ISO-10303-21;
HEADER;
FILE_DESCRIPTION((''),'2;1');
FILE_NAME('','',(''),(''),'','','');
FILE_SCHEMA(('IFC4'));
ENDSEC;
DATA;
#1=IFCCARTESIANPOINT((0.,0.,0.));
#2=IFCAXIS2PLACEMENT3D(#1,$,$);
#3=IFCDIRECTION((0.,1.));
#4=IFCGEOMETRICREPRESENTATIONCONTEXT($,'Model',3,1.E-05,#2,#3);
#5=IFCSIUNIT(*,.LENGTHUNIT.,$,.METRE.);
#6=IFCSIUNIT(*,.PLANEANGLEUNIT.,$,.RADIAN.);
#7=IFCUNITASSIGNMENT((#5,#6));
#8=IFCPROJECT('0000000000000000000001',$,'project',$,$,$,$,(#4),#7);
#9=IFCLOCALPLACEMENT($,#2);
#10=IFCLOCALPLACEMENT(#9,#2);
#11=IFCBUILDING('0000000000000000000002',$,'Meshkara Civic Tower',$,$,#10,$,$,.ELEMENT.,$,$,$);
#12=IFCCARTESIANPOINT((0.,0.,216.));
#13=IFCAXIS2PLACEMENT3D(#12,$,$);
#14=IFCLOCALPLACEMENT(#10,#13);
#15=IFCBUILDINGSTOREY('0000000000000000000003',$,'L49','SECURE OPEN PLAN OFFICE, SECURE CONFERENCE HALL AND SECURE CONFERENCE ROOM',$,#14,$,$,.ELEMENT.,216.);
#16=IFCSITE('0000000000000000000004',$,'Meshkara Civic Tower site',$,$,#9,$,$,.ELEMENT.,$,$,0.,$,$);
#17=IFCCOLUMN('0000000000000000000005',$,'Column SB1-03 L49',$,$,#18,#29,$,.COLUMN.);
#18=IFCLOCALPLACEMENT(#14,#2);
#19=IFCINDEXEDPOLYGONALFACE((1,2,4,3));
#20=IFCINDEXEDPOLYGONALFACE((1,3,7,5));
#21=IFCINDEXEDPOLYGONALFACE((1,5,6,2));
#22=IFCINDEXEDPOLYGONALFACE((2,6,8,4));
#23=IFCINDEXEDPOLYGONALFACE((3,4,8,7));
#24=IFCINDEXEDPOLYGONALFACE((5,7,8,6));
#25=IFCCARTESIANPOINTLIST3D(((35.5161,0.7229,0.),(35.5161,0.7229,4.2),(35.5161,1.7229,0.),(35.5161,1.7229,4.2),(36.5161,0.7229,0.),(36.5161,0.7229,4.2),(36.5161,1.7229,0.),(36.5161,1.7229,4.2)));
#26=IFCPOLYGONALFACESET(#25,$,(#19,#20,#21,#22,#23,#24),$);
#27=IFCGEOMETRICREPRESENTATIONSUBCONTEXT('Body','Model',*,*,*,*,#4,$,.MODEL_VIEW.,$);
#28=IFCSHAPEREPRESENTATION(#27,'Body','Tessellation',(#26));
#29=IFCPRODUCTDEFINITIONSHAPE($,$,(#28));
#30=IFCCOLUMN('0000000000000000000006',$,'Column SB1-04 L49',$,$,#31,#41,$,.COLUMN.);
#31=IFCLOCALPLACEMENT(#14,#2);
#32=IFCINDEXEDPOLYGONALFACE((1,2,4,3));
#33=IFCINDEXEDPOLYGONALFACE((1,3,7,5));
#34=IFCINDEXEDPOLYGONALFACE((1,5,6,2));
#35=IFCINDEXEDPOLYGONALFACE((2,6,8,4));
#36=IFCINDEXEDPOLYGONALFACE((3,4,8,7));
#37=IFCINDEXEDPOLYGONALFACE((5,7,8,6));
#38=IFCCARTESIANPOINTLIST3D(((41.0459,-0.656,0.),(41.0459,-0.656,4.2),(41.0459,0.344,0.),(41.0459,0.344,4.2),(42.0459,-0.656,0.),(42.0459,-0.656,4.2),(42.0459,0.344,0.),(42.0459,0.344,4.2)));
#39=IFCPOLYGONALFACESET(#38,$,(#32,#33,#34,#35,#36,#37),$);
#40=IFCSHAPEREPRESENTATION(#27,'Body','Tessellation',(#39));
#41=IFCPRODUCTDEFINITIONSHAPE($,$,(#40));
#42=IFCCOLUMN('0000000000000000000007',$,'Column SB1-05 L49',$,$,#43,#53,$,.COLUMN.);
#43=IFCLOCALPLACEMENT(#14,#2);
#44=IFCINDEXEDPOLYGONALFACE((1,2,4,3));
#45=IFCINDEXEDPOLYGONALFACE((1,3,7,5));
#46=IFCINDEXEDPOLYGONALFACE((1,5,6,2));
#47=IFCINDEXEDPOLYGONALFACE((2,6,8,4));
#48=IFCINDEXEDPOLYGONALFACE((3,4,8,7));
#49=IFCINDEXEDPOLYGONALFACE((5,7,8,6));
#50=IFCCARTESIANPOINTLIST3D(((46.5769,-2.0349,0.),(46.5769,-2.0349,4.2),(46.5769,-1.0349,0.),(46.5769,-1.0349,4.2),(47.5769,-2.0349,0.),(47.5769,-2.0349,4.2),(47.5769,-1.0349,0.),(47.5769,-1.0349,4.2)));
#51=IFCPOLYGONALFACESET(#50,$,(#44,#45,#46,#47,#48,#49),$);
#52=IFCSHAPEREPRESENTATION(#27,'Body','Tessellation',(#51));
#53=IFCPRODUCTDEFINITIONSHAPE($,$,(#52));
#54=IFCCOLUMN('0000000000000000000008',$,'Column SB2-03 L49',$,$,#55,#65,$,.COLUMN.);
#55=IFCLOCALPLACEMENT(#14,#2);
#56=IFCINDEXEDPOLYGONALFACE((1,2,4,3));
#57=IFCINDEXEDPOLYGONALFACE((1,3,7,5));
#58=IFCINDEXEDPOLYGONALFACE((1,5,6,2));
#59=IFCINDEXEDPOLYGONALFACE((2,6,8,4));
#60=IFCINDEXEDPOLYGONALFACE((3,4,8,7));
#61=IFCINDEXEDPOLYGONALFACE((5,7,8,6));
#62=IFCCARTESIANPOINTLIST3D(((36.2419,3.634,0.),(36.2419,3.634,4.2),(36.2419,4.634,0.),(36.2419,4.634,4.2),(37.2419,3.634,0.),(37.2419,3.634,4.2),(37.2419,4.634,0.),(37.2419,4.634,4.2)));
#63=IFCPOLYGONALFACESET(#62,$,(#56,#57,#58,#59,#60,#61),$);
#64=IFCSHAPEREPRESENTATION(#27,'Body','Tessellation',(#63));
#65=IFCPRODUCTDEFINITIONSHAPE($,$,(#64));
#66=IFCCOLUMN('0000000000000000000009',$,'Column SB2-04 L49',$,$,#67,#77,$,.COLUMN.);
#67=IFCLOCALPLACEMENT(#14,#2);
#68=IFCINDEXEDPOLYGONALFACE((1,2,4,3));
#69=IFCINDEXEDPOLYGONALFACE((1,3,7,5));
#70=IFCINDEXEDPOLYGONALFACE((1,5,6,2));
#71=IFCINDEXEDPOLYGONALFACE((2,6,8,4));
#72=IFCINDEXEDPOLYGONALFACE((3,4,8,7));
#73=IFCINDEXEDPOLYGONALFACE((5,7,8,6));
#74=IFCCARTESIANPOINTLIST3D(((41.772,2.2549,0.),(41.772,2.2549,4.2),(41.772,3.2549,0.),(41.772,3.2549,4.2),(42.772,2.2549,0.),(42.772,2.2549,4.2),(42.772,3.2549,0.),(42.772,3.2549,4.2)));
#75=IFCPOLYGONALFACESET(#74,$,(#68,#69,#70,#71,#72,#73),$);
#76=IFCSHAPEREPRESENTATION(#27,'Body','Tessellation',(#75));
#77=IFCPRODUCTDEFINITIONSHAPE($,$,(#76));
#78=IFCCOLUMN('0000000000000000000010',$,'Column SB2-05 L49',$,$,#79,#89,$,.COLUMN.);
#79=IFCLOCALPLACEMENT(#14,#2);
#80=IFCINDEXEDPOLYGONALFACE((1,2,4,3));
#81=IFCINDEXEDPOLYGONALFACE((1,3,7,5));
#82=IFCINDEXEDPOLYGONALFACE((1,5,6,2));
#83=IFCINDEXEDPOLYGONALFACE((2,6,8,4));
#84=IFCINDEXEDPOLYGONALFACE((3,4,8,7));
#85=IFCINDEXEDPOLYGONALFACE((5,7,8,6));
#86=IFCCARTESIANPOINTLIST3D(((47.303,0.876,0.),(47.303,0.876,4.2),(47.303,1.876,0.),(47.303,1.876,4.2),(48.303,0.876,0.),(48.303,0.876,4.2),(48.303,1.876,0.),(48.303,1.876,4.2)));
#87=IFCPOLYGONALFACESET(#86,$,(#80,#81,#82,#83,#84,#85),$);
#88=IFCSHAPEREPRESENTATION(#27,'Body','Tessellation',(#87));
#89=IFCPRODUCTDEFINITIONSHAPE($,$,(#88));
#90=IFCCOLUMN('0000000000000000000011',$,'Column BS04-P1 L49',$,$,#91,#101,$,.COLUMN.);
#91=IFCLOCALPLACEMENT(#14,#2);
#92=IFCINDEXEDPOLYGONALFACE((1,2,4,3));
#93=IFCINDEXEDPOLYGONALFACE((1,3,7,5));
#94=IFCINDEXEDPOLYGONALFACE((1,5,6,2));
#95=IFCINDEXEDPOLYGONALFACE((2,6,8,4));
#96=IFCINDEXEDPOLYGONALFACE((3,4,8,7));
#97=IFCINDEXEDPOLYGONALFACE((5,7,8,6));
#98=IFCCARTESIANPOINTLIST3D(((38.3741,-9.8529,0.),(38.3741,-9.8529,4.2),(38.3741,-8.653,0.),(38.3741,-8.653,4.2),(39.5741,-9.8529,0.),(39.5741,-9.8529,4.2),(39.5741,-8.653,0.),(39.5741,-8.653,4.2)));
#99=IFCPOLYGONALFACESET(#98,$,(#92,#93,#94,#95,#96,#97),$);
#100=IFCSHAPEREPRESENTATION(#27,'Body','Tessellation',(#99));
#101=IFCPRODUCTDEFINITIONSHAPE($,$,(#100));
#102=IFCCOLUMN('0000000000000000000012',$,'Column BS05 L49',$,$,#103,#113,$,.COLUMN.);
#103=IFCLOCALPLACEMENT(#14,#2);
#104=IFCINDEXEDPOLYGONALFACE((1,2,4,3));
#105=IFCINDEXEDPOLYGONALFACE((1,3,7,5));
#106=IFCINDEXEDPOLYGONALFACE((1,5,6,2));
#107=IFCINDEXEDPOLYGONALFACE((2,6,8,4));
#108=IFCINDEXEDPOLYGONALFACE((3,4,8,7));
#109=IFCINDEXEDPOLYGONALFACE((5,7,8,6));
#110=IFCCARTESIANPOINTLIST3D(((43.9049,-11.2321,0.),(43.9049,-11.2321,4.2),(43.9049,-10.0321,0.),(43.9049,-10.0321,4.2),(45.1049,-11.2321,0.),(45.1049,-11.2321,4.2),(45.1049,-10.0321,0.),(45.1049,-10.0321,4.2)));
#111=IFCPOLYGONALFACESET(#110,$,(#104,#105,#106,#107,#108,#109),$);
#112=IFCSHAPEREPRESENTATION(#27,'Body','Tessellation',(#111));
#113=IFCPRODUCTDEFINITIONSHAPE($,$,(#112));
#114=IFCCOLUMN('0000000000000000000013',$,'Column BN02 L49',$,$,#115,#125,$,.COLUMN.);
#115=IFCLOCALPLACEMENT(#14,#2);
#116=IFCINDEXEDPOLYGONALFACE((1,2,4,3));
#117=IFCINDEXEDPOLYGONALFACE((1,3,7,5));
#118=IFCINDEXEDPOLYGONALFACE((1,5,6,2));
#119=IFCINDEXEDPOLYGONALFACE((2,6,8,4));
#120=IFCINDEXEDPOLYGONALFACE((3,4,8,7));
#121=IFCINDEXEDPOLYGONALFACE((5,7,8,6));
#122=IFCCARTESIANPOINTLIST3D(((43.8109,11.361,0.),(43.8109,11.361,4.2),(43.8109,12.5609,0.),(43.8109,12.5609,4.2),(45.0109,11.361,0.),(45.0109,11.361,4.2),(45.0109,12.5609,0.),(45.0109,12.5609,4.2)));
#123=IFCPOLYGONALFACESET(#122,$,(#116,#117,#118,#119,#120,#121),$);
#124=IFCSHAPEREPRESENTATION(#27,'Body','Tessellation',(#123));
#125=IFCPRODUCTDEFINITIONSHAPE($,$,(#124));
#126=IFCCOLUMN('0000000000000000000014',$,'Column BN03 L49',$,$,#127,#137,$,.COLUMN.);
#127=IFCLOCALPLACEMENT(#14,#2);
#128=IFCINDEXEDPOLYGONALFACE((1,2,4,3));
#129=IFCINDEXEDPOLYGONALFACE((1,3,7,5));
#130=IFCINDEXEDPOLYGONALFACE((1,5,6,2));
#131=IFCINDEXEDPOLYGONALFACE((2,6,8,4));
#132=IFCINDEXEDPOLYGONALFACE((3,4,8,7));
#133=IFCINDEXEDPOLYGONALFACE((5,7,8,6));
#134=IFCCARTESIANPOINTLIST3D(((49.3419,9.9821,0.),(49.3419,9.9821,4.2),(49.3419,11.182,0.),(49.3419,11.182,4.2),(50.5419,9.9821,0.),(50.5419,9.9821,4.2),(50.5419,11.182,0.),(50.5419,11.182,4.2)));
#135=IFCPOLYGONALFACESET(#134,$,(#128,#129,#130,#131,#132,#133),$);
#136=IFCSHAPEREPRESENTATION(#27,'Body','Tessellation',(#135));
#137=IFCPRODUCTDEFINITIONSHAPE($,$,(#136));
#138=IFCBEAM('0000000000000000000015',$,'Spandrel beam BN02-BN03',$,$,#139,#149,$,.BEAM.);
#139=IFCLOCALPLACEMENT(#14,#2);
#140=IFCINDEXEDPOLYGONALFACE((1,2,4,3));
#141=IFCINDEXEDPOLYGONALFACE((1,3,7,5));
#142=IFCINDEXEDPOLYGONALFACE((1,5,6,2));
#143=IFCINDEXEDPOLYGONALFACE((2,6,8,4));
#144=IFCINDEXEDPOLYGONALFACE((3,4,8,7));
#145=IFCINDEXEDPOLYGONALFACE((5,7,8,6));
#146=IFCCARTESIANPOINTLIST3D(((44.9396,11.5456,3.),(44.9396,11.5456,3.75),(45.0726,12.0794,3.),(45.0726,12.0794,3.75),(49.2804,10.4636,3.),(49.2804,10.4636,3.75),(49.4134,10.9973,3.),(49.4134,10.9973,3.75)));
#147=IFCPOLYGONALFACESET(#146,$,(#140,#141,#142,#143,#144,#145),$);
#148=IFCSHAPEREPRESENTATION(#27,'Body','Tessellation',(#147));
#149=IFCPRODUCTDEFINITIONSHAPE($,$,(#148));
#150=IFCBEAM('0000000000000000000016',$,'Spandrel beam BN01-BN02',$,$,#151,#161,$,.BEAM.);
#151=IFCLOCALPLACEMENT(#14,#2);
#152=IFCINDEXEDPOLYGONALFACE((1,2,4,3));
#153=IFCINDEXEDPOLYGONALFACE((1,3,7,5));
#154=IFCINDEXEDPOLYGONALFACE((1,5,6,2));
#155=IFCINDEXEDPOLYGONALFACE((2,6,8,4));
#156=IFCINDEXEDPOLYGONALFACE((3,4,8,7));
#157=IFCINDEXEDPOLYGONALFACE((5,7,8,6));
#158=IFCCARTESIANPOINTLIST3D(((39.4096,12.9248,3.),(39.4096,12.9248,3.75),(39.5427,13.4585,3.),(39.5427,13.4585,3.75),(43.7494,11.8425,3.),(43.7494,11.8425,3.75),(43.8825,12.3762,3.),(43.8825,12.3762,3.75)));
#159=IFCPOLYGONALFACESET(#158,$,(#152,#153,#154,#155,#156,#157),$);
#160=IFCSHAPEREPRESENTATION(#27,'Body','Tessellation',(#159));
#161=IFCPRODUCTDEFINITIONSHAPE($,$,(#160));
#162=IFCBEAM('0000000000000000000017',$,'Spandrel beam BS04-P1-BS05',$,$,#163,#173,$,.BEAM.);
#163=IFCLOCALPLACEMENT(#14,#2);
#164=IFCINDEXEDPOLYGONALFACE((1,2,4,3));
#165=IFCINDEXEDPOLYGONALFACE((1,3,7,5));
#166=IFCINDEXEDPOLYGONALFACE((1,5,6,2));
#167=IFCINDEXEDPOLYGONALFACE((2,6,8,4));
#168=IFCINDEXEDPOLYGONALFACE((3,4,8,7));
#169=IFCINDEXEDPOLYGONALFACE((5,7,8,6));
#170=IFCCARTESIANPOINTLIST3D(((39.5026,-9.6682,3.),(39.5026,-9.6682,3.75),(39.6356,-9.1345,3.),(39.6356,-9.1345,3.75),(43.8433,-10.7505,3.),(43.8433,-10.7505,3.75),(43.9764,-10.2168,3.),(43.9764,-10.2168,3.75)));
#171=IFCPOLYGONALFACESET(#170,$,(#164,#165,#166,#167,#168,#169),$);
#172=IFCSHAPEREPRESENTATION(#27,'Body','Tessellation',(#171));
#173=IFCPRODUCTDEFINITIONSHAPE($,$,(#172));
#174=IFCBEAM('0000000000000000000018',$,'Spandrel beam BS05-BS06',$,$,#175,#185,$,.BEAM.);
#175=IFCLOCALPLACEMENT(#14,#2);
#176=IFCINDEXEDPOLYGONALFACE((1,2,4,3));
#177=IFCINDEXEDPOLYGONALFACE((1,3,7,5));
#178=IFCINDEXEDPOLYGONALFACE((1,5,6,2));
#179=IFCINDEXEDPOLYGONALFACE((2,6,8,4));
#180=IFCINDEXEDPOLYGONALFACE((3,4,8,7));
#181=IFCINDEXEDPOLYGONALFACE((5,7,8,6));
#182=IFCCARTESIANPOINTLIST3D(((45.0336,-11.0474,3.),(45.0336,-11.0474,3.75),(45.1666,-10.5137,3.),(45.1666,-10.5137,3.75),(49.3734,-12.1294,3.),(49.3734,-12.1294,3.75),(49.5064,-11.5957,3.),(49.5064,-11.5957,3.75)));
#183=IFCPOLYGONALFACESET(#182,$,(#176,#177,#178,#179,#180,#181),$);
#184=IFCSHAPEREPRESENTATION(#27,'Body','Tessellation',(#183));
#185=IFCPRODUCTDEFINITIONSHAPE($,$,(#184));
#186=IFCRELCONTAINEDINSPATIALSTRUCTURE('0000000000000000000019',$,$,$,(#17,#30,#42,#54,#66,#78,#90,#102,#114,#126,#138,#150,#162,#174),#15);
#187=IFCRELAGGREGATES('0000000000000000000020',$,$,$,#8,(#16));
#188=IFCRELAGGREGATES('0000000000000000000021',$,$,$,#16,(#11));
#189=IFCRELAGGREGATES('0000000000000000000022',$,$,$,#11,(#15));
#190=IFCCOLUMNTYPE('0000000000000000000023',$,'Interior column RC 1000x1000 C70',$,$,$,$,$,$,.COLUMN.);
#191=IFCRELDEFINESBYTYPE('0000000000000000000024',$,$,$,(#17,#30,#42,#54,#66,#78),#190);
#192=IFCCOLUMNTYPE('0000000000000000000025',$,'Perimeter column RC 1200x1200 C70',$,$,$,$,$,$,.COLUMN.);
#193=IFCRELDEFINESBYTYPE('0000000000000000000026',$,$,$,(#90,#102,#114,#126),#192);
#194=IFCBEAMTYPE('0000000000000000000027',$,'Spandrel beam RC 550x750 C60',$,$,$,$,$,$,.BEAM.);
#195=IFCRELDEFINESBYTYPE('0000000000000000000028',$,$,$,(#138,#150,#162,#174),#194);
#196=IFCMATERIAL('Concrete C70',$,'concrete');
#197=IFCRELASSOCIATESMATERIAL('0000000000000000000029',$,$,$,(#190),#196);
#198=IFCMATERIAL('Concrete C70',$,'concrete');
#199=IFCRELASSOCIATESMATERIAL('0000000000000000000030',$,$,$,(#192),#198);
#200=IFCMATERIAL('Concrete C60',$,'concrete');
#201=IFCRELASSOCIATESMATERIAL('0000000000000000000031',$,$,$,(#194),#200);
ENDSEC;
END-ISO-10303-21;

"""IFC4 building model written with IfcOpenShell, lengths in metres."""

from ifc_helpers import new_model, si_unit, direction, frame, origin, origin_2d, place, context, subcontext, project, spatial, rectangle, extrude, material, material_profile, profile_set, type_object, element, save


model = new_model("IFC4")

# Units and contexts
model_context = context("Model", 3, precision=1e-05, world=origin(), true_north=direction((0.0, 1.0)))
body_context = subcontext(model_context, "Body", "Model", "MODEL_VIEW")
ifc_project = project(units=[si_unit("LENGTHUNIT", "METRE"), si_unit("PLANEANGLEUNIT", "RADIAN")], contexts=[model_context])

# Site, building, storey
site_placement = place(None, origin())
site = spatial("IfcSite", under=ifc_project, at=site_placement, Name="Meshkara Civic Tower site", CompositionType="ELEMENT", RefElevation=0.0)
building_placement = place(site_placement, origin())
building = spatial("IfcBuilding", under=site, at=building_placement, Name="Meshkara Civic Tower", CompositionType="ELEMENT")
storey_placement = place(building_placement, frame((0.0, 0.0, 216.0)))
storey = spatial("IfcBuildingStorey", under=building, at=storey_placement, Name="L49", Description="SECURE OPEN PLAN OFFICE, SECURE CONFERENCE HALL AND SECURE CONFERENCE ROOM", CompositionType="ELEMENT", Elevation=216.0)

# Columns
ifc_material_1 = material(Name="Concrete C70", Category="concrete")
ifc_material_profile_1 = material_profile(ifc_material_1, rectangle(XDim=1.0, YDim=1.0, at=origin_2d()))
ifc_profile_set_1 = profile_set([ifc_material_profile_1], Name="Concrete C70")
column_type_1 = type_object("IfcColumnType", Name="Interior column RC 1000x1000 C70", PredefinedType="COLUMN", material=ifc_profile_set_1)
for number, where, z_axis, x_axis, name in (
    (1, (36.0161, 1.2229, 0.0), (0.0, 0.0, 1.0), (1.0, 0.0, 0.0), "Column SB1-03 L49"),
    (2, (41.5459, -0.156, 0.0), (0.0, 0.0, 1.0), (1.0, 0.0, 0.0), "Column SB1-04 L49"),
    (3, (47.0769, -1.5349, 0.0), (0.0, 0.0, 1.0), (1.0, 0.0, 0.0), "Column SB1-05 L49"),
    (4, (36.7419, 4.134, 0.0), (0.0, 0.0, 1.0), (1.0, 0.0, 0.0), "Column SB2-03 L49"),
    (5, (42.272, 2.7549, 0.0), (0.0, 0.0, 1.0), (1.0, 0.0, 0.0), "Column SB2-04 L49"),
    (6, (47.803, 1.376, 0.0), (0.0, 0.0, 1.0), (1.0, 0.0, 0.0), "Column SB2-05 L49"),
):
    element("IfcColumn", number, at=place(storey_placement, frame(where, z_axis=z_axis, x_axis=x_axis)), inside=storey, type_object=column_type_1, Name=name, PredefinedType="COLUMN", context=body_context, shape_type="SweptSolid", body=[
        extrude(rectangle(XDim=1.0, YDim=1.0, at=origin_2d()), origin(), (0.0, 0.0, 1.0), 4.2),
    ])
ifc_material_2 = material(Name="Concrete C70", Category="concrete")
ifc_material_profile_2 = material_profile(ifc_material_2, rectangle(XDim=1.2, YDim=1.2, at=origin_2d()))
ifc_profile_set_2 = profile_set([ifc_material_profile_2], Name="Concrete C70")
column_type_2 = type_object("IfcColumnType", Name="Perimeter column RC 1200x1200 C70", PredefinedType="COLUMN", material=ifc_profile_set_2)
for number, where, z_axis, x_axis, name in (
    (7, (38.9741, -9.2529, 0.0), (0.0, 0.0, 1.0), (1.0, 0.0, 0.0), "Column BS04-P1 L49"),
    (8, (44.5049, -10.6321, 0.0), (0.0, 0.0, 1.0), (1.0, 0.0, 0.0), "Column BS05 L49"),
    (9, (44.4109, 11.9609, 0.0), (0.0, 0.0, 1.0), (1.0, 0.0, 0.0), "Column BN02 L49"),
    (10, (49.9419, 10.582, 0.0), (0.0, 0.0, 1.0), (1.0, 0.0, 0.0), "Column BN03 L49"),
):
    element("IfcColumn", number, at=place(storey_placement, frame(where, z_axis=z_axis, x_axis=x_axis)), inside=storey, type_object=column_type_2, Name=name, PredefinedType="COLUMN", context=body_context, shape_type="SweptSolid", body=[
        extrude(rectangle(XDim=1.2, YDim=1.2, at=origin_2d()), origin(), (0.0, 0.0, 1.0), 4.2),
    ])

# Beams
ifc_material_3 = material(Name="Concrete C60", Category="concrete")
ifc_material_profile_3 = material_profile(ifc_material_3, rectangle(XDim=0.55, YDim=0.75, at=origin_2d()))
ifc_profile_set_3 = profile_set([ifc_material_profile_3], Name="Concrete C60")
beam_type = type_object("IfcBeamType", Name="Spandrel beam RC 550x750 C60", PredefinedType="BEAM", material=ifc_profile_set_3)
beam_1_placement = place(storey_placement, frame((49.3469, 10.7305, 3.375), z_axis=(-0.970309, 0.241868, 0.0), x_axis=(-0.241868, -0.970309, 0.0)))
element("IfcBeam", 11, at=beam_1_placement, inside=storey, type_object=beam_type, Name="Spandrel beam BN02-BN03", PredefinedType="BEAM", context=body_context, shape_type="SweptSolid", body=[
    extrude(rectangle(XDim=0.55, YDim=0.75, at=origin_2d()), origin(), (0.0, 0.0, 1.0), 4.4736),
])
beam_2_placement = place(storey_placement, frame((43.8159, 12.1094, 3.375), z_axis=(-0.970284, 0.24197, 0.0), x_axis=(-0.24197, -0.970284, 0.0)))
element("IfcBeam", 12, at=beam_2_placement, inside=storey, type_object=beam_type, Name="Spandrel beam BN01-BN02", PredefinedType="BEAM", context=body_context, shape_type="SweptSolid", body=[
    extrude(rectangle(XDim=0.55, YDim=0.75, at=origin_2d()), origin(), (0.0, 0.0, 1.0), 4.4727),
])
beam_3_placement = place(storey_placement, frame((39.5691, -9.4014, 3.375), z_axis=(0.970296, -0.241919, 0.0), x_axis=(0.241919, 0.970296, 0.0)))
element("IfcBeam", 13, at=beam_3_placement, inside=storey, type_object=beam_type, Name="Spandrel beam BS04-P1-BS05", PredefinedType="BEAM", context=body_context, shape_type="SweptSolid", body=[
    extrude(rectangle(XDim=0.55, YDim=0.75, at=origin_2d()), origin(), (0.0, 0.0, 1.0), 4.4736),
])
beam_4_placement = place(storey_placement, frame((45.1001, -10.7805, 3.375), z_axis=(0.970296, -0.241919, 0.0), x_axis=(0.241919, 0.970296, 0.0)))
element("IfcBeam", 14, at=beam_4_placement, inside=storey, type_object=beam_type, Name="Spandrel beam BS05-BS06", PredefinedType="BEAM", context=body_context, shape_type="SweptSolid", body=[
    extrude(rectangle(XDim=0.55, YDim=0.75, at=origin_2d()), origin(), (0.0, 0.0, 1.0), 4.4727),
])

save(model, "model.ifc")
